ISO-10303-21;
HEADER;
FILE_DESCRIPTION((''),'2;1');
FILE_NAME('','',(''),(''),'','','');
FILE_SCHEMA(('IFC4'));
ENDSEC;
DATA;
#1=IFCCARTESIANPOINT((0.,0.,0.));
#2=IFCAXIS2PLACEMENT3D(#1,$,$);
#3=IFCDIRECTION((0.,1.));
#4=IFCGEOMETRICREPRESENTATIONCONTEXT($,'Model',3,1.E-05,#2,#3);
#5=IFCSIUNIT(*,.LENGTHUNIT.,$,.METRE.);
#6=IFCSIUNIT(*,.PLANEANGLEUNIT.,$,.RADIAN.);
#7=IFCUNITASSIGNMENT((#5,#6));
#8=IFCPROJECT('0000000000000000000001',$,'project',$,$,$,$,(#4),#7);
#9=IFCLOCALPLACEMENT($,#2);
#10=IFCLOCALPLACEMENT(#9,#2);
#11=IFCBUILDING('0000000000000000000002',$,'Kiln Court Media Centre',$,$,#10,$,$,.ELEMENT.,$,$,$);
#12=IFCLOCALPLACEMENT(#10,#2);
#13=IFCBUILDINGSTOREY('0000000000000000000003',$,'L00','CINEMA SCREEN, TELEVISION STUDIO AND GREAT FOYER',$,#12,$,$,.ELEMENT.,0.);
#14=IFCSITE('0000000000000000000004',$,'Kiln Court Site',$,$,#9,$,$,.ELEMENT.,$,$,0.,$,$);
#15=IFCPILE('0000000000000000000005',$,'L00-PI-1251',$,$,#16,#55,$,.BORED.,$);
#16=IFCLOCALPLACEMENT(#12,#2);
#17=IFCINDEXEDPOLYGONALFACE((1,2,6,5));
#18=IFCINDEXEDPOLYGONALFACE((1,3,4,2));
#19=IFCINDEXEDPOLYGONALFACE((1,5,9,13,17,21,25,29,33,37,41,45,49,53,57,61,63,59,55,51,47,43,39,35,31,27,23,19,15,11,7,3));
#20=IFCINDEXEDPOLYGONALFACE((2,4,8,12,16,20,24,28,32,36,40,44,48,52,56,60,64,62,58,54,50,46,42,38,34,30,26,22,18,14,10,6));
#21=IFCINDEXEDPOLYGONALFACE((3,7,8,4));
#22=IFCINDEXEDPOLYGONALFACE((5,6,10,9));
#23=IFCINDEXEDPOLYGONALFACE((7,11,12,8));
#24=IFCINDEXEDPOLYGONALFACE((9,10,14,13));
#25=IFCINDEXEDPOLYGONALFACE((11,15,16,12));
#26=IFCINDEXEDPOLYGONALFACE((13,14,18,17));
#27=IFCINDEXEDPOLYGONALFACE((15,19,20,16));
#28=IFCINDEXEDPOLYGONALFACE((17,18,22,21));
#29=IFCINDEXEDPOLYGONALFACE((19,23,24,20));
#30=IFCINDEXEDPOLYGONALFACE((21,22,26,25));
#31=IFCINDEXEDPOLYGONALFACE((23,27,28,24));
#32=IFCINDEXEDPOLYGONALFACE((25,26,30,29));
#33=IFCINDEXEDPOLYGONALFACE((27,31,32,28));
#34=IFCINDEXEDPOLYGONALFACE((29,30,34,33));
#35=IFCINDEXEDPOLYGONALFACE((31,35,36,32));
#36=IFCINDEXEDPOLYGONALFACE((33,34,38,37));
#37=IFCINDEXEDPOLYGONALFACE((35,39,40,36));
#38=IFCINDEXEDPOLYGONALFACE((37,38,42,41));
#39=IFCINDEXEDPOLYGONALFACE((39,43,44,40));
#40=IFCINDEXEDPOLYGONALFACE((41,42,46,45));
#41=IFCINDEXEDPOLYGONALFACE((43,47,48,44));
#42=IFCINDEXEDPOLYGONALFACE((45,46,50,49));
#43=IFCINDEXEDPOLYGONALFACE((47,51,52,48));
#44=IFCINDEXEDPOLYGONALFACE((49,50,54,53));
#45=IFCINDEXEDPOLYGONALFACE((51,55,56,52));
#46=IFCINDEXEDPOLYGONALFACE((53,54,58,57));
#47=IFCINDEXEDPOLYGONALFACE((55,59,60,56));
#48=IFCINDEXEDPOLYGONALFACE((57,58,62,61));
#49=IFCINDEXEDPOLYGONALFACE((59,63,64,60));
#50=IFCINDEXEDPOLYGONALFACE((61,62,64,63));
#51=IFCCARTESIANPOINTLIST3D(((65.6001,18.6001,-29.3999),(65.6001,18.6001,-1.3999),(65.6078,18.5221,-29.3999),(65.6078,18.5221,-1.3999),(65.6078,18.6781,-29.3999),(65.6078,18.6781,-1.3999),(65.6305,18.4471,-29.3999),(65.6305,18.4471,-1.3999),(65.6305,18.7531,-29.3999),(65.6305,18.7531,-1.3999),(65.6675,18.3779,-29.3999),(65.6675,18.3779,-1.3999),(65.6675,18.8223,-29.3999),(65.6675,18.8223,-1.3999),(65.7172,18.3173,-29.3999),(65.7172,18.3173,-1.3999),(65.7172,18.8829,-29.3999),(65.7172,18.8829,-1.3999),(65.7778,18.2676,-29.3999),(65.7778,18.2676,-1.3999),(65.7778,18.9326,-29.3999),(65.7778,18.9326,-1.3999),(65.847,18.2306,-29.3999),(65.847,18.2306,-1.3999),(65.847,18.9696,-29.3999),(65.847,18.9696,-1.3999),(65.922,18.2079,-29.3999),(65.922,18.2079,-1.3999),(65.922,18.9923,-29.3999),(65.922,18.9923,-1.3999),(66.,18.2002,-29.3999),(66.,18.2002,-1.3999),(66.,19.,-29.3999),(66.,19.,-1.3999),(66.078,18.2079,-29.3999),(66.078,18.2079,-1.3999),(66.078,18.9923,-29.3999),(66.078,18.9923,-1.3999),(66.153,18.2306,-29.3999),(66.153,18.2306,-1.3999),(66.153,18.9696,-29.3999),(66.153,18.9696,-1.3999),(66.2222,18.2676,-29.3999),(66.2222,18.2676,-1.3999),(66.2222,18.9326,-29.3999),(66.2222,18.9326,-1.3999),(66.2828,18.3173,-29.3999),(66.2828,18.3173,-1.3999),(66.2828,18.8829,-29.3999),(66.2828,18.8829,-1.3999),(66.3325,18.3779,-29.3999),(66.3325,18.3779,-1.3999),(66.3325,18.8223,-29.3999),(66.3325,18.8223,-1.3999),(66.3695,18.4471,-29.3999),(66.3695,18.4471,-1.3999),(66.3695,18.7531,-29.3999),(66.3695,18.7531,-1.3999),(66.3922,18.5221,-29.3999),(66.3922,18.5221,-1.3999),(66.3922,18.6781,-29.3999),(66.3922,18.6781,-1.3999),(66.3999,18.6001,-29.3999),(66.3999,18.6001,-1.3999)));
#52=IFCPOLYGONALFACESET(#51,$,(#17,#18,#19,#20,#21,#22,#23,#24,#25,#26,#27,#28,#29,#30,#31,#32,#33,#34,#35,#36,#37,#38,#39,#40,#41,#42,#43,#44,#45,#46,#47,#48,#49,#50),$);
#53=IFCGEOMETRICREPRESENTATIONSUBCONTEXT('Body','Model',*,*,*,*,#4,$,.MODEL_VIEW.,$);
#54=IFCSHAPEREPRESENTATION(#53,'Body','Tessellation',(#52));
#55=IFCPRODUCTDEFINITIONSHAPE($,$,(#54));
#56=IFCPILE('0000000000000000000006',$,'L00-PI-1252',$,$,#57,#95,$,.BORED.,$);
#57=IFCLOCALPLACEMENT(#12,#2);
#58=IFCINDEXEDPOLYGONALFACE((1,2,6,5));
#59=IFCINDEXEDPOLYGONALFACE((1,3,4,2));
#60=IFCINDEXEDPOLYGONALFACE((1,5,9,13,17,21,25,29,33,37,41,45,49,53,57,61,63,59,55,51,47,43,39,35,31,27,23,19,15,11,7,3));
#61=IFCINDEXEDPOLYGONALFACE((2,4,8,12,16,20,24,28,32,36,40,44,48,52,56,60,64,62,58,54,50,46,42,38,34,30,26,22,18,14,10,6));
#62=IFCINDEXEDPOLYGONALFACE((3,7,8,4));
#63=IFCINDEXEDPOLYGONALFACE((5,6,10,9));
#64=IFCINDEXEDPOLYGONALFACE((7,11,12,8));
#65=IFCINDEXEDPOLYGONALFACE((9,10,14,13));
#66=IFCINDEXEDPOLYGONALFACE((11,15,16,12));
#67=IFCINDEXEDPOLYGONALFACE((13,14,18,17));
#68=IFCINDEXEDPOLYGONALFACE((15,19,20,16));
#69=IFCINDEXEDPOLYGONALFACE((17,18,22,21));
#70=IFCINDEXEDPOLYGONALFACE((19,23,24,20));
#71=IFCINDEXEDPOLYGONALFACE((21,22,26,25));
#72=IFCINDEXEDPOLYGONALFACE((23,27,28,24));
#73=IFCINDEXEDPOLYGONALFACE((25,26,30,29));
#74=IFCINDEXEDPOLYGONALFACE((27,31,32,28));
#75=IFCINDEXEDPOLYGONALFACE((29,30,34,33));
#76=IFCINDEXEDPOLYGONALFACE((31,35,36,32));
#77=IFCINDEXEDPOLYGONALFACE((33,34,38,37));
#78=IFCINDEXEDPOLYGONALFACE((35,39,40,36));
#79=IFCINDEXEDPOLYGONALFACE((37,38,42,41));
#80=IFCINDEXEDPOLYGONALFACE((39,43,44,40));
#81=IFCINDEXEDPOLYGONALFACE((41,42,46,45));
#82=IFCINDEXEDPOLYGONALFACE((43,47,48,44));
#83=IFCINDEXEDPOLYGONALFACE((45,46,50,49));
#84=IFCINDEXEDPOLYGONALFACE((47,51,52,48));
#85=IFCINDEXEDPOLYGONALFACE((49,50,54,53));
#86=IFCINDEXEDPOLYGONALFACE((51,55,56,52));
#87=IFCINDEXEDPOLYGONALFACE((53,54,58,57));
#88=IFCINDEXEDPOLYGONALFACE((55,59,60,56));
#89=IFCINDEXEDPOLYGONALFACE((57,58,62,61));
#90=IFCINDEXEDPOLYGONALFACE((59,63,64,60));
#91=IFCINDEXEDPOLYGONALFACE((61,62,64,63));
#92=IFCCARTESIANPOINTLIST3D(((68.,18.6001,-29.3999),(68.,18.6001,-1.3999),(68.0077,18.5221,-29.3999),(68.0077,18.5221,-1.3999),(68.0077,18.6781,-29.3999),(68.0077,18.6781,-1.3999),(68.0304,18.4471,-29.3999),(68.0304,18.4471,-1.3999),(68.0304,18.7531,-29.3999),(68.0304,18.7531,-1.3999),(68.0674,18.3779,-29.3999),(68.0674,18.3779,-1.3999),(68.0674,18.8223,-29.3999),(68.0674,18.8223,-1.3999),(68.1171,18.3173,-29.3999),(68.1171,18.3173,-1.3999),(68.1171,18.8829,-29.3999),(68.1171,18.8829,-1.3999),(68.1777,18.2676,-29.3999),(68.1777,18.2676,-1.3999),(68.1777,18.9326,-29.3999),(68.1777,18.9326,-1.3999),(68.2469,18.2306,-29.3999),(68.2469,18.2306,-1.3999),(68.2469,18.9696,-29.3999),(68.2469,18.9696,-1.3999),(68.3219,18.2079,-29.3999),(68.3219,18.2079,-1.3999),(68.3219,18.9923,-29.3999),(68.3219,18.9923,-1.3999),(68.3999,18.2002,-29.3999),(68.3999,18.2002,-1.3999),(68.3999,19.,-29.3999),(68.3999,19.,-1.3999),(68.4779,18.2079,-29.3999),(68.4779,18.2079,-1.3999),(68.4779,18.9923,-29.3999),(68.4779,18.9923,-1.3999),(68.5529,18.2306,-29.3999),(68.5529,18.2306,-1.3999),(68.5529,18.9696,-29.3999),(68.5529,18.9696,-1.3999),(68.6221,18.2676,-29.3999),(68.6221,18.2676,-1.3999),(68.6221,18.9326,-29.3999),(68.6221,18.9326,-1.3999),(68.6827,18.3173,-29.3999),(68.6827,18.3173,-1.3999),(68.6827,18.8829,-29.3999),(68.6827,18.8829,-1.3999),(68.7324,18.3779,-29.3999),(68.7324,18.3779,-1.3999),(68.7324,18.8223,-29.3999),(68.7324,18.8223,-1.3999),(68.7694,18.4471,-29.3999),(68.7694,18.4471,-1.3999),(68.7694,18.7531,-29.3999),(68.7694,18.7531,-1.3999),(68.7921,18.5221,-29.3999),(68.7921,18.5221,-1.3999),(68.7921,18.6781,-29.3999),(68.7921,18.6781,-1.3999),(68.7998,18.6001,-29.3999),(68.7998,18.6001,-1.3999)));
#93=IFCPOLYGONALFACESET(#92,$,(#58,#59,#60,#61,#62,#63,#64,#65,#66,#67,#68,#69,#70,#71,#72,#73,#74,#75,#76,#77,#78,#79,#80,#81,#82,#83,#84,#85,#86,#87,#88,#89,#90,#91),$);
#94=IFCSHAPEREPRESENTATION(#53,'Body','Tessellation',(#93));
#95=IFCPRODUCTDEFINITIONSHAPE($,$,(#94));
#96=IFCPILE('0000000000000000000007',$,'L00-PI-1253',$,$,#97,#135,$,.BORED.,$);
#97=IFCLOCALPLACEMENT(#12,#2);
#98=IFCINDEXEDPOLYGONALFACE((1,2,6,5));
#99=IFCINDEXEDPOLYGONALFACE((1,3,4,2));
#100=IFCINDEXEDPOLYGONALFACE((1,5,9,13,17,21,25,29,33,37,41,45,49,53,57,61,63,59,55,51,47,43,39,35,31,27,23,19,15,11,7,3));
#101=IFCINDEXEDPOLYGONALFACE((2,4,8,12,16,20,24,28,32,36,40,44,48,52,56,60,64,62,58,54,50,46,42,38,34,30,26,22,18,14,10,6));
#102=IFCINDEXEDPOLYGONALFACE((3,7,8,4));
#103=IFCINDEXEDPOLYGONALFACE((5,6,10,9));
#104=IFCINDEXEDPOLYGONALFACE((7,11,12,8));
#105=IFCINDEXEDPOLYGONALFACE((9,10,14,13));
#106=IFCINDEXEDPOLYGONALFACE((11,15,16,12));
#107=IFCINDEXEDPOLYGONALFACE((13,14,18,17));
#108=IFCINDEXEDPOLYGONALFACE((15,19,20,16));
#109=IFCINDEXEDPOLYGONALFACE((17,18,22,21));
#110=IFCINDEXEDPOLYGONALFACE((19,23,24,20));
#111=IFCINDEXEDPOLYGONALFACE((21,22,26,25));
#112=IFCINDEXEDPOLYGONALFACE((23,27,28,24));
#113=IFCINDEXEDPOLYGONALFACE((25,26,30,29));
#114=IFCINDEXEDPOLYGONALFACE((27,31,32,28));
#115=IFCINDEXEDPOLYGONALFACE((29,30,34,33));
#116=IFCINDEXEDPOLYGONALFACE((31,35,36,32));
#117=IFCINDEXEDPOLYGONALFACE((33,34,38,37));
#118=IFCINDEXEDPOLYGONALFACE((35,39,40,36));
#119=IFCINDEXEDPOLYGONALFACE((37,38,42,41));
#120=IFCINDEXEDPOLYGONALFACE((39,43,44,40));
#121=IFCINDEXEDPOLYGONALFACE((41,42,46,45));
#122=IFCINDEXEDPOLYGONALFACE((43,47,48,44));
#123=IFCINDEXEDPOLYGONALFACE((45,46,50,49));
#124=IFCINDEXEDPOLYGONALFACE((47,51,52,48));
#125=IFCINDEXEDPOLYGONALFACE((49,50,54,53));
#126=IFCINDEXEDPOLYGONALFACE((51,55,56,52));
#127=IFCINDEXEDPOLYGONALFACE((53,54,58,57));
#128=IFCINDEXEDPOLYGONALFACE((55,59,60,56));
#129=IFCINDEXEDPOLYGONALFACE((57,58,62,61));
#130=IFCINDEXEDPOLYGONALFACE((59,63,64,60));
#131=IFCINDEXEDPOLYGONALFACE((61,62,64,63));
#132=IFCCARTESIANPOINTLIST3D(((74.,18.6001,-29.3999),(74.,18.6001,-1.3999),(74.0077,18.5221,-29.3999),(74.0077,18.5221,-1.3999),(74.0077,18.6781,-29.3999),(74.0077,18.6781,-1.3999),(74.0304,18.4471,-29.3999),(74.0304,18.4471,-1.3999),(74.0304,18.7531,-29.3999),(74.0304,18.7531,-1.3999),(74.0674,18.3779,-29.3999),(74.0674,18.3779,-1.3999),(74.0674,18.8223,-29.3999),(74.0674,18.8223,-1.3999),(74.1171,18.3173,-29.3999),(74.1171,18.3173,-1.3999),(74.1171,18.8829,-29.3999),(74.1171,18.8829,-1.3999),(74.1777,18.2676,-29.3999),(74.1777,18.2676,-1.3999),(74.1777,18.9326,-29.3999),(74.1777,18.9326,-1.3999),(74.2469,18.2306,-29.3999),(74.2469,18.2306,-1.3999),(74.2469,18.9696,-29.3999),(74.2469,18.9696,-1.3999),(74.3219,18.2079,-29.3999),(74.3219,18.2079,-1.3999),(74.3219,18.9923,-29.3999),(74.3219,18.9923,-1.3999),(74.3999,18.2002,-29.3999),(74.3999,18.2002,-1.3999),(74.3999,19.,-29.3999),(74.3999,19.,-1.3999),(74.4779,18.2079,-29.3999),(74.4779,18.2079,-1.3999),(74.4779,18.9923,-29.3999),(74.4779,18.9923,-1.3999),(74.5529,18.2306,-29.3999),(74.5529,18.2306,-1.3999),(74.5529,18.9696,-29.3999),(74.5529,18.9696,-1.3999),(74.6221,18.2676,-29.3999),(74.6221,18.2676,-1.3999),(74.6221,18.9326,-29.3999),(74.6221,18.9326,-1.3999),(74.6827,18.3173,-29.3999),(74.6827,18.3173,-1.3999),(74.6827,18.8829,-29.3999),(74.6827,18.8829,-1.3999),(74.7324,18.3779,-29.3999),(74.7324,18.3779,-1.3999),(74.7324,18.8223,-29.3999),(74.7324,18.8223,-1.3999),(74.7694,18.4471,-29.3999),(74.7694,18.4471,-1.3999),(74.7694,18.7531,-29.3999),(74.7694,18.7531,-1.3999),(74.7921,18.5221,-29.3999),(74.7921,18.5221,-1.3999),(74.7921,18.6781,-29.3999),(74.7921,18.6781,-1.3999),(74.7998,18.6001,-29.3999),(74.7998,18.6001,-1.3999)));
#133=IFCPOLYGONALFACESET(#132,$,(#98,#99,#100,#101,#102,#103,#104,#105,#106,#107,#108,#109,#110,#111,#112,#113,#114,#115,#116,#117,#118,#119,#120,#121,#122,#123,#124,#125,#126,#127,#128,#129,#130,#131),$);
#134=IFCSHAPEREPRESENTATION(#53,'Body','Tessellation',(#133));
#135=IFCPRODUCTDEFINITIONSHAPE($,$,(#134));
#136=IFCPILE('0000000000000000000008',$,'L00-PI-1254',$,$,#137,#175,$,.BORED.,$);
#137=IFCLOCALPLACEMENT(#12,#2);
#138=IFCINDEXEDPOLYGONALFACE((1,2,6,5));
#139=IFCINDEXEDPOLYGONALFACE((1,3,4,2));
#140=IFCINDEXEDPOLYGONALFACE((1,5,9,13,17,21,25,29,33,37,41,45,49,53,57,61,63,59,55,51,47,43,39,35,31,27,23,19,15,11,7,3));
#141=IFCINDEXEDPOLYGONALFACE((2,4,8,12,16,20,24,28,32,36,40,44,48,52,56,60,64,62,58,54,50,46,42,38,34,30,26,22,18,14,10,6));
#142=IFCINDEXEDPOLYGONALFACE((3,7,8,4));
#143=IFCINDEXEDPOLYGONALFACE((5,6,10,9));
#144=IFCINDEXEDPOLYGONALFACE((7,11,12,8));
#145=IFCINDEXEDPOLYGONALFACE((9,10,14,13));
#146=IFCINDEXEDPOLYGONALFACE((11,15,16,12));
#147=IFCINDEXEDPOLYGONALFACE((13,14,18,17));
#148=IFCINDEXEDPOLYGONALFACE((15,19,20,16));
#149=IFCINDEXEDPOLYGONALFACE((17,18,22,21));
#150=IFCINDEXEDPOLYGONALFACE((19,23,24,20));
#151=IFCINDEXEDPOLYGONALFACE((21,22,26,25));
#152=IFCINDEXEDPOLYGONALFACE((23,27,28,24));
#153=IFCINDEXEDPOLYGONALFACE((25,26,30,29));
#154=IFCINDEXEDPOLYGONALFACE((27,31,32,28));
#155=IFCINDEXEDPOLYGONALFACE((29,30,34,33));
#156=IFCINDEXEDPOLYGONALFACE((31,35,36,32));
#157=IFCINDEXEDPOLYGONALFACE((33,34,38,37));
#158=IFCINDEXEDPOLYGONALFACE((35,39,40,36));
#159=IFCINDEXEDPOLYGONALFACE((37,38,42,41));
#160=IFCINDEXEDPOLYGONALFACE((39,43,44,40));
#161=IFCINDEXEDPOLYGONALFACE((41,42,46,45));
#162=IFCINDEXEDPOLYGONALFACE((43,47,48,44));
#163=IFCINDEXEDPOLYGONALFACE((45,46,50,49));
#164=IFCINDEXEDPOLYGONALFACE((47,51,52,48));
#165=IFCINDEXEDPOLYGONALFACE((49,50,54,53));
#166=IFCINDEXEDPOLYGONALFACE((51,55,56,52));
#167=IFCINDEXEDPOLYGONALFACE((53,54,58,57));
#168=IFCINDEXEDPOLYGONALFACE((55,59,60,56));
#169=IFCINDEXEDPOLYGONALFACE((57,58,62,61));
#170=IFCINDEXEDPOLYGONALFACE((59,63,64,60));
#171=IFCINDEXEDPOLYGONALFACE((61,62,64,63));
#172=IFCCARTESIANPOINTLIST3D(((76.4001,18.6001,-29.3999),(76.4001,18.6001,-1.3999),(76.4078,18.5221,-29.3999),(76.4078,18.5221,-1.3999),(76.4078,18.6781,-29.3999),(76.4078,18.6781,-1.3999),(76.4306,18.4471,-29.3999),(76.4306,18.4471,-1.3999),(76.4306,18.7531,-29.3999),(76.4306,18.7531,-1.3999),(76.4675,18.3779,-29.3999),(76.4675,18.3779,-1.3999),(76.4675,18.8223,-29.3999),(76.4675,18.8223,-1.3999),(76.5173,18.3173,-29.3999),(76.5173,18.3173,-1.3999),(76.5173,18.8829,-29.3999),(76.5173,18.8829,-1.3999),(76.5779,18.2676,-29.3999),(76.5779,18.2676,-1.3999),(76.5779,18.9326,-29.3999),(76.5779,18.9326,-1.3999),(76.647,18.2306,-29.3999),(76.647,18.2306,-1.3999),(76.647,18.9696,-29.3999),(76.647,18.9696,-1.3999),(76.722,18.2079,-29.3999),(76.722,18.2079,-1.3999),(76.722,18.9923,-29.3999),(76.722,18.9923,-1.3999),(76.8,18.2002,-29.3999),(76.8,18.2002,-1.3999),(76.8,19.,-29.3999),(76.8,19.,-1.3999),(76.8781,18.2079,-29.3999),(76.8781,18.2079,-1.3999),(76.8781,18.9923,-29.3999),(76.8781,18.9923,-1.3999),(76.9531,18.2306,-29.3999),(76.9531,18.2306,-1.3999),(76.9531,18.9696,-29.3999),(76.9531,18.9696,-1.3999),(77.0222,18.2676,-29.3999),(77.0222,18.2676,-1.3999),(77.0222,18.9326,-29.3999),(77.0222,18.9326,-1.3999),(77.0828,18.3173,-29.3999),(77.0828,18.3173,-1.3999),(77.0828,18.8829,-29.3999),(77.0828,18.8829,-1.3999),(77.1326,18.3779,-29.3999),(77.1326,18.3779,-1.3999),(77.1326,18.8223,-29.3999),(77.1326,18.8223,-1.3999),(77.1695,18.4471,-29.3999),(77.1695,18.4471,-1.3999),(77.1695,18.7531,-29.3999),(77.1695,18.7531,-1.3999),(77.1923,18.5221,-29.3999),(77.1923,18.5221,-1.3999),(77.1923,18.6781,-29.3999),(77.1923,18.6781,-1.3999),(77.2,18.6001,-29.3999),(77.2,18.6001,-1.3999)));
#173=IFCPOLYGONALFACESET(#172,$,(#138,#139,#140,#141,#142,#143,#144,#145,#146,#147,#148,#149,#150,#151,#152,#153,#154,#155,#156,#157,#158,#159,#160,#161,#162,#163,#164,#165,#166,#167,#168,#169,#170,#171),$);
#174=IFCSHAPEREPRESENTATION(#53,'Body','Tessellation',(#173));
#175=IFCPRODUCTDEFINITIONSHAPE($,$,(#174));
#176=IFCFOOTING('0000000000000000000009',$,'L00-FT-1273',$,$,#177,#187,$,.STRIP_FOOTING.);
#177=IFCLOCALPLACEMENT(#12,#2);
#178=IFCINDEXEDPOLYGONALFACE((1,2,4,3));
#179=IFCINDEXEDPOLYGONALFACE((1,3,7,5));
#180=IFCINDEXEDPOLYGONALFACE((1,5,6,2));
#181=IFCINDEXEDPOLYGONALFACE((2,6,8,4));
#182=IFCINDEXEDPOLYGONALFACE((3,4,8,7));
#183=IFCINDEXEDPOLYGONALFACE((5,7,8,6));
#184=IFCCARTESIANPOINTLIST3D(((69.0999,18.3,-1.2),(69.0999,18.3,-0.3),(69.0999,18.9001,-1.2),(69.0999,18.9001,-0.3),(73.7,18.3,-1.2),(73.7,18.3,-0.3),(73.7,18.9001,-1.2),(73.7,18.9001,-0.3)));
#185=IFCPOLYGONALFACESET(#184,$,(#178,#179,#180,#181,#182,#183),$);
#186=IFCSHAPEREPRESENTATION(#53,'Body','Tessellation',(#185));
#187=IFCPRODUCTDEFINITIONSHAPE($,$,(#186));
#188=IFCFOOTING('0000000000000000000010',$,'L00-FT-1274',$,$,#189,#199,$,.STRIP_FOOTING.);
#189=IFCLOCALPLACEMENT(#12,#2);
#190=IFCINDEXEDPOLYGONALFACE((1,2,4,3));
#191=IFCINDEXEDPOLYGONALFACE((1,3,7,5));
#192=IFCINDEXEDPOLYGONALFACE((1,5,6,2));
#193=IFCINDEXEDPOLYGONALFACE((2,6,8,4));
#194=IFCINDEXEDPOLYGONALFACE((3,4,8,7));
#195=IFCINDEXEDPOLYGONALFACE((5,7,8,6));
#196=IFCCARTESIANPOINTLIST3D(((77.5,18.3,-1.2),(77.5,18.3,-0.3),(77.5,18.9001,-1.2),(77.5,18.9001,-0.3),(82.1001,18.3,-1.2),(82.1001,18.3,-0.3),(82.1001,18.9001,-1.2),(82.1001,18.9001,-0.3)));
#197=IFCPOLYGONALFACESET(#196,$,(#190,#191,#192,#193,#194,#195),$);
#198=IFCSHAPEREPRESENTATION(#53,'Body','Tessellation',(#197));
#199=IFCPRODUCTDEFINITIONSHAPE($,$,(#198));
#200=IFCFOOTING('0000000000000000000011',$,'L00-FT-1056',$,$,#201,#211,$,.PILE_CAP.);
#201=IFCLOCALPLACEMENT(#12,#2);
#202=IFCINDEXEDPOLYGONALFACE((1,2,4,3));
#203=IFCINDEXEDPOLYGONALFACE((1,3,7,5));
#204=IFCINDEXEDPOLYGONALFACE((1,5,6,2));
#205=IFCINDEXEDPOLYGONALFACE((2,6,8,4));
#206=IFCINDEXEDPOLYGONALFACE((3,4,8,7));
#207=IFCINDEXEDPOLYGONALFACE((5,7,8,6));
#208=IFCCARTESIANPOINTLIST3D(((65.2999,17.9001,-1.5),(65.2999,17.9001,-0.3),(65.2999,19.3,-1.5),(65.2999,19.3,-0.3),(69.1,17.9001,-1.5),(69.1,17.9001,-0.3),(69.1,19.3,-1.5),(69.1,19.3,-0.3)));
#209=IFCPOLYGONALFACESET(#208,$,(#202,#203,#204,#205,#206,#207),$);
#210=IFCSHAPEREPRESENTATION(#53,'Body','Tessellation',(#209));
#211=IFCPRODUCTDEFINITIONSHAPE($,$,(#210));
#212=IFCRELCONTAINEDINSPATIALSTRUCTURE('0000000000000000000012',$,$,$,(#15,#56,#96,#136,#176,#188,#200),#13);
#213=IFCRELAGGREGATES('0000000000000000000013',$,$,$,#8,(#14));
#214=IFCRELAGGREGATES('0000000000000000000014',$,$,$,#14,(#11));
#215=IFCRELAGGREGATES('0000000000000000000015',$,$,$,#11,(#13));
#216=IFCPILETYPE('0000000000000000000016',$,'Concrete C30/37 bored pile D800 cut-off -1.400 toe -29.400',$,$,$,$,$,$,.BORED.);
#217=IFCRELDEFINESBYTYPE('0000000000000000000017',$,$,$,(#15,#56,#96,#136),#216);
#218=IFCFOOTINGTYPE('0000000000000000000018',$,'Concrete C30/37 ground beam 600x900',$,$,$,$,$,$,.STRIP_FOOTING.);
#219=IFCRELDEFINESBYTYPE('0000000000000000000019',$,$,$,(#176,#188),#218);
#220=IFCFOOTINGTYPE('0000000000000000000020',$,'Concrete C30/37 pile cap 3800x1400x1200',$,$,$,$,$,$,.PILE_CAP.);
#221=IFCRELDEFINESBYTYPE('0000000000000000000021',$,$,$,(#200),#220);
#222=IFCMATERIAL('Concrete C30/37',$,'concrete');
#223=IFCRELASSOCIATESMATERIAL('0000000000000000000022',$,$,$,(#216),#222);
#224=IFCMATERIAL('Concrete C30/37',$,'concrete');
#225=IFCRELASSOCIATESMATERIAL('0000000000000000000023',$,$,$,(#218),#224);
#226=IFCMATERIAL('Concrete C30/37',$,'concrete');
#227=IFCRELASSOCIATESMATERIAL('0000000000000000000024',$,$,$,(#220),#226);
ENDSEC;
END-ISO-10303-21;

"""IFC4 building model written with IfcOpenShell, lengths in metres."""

from ifc_helpers import new_model, si_unit, direction, frame, origin, origin_2d, place, context, subcontext, project, spatial, rectangle, circle, extrude, material, material_profile, profile_set, type_object, element, save


model = new_model("IFC4")

# Units and contexts
model_context = context("Model", 3, precision=1e-05, world=origin(), true_north=direction((0.0, 1.0)))
body_context = subcontext(model_context, "Body", "Model", "MODEL_VIEW")
ifc_project = project(units=[si_unit("LENGTHUNIT", "METRE"), si_unit("PLANEANGLEUNIT", "RADIAN")], contexts=[model_context])

# Site, building, storey
site_placement = place(None, origin())
site = spatial("IfcSite", under=ifc_project, at=site_placement, Name="Kiln Court Site", CompositionType="ELEMENT", RefElevation=0.0)
building_placement = place(site_placement, origin())
building = spatial("IfcBuilding", under=site, at=building_placement, Name="Kiln Court Media Centre", CompositionType="ELEMENT")
storey_placement = place(building_placement, origin())
storey = spatial("IfcBuildingStorey", under=building, at=storey_placement, Name="L00", Description="CINEMA SCREEN, TELEVISION STUDIO AND GREAT FOYER", CompositionType="ELEMENT", Elevation=0.0)

# Piles
ifc_material_1 = material(Name="Concrete C30/37", Category="concrete")
ifc_material_profile_1 = material_profile(ifc_material_1, circle(Radius=0.3999, at=origin_2d()), Name="PILE D800")
ifc_profile_set_1 = profile_set([ifc_material_profile_1], Name="Concrete C30/37")
pile_type = type_object("IfcPileType", Name="Concrete C30/37 bored pile D800 cut-off -1.400 toe -29.400", PredefinedType="BORED", material=ifc_profile_set_1)
for number, where, z_axis, x_axis, name in (
    (1, (66.0, 18.6001, -1.3999), (0.0, 0.0, -1.0), (1.0, 0.0, 0.0), "L00-PI-1251"),
    (2, (68.3999, 18.6001, -1.3999), (0.0, 0.0, -1.0), (1.0, 0.0, 0.0), "L00-PI-1252"),
    (3, (74.3999, 18.6001, -1.3999), (0.0, 0.0, -1.0), (1.0, 0.0, 0.0), "L00-PI-1253"),
    (4, (76.8, 18.6001, -1.3999), (0.0, 0.0, -1.0), (1.0, 0.0, 0.0), "L00-PI-1254"),
):
    element("IfcPile", number, at=place(storey_placement, frame(where, z_axis=z_axis, x_axis=x_axis)), inside=storey, type_object=pile_type, Name=name, PredefinedType="BORED", context=body_context, shape_type="SweptSolid", body=[
        extrude(circle(Radius=0.3999, at=origin_2d()), origin(), (0.0, 0.0, 1.0), 28.0),
    ])

# Footings
ifc_material_2 = material(Name="Concrete C30/37", Category="concrete")
footing_type_1 = type_object("IfcFootingType", Name="Concrete C30/37 ground beam 600x900", PredefinedType="STRIP_FOOTING", material=ifc_material_2)
for number, where, z_axis, x_axis, name in (
    (5, (71.3999, 18.6001, -1.2), (0.0, 0.0, 1.0), (1.0, 0.0, 0.0), "L00-FT-1273"),
    (6, (79.8, 18.6001, -1.2), (0.0, 0.0, 1.0), (1.0, 0.0, 0.0), "L00-FT-1274"),
):
    element("IfcFooting", number, at=place(storey_placement, frame(where, z_axis=z_axis, x_axis=x_axis)), inside=storey, type_object=footing_type_1, Name=name, PredefinedType="STRIP_FOOTING", context=body_context, shape_type="SweptSolid", body=[
        extrude(rectangle(XDim=4.6001, YDim=0.6001, at=origin_2d()), origin(), (0.0, 0.0, 1.0), 0.8999),
    ])
ifc_material_3 = material(Name="Concrete C30/37", Category="concrete")
footing_type_2 = type_object("IfcFootingType", Name="Concrete C30/37 pile cap 3800x1400x1200", PredefinedType="PILE_CAP", material=ifc_material_3)
for number, where, z_axis, x_axis, name in (
    (7, (67.2, 18.6001, -1.5), (0.0, 0.0, 1.0), (1.0, 0.0, 0.0), "L00-FT-1056"),
):
    element("IfcFooting", number, at=place(storey_placement, frame(where, z_axis=z_axis, x_axis=x_axis)), inside=storey, type_object=footing_type_2, Name=name, PredefinedType="PILE_CAP", context=body_context, shape_type="SweptSolid", body=[
        extrude(rectangle(XDim=3.8, YDim=1.3999, at=origin_2d()), origin(), (0.0, 0.0, 1.0), 1.2),
    ])

save(model, "model.ifc")
